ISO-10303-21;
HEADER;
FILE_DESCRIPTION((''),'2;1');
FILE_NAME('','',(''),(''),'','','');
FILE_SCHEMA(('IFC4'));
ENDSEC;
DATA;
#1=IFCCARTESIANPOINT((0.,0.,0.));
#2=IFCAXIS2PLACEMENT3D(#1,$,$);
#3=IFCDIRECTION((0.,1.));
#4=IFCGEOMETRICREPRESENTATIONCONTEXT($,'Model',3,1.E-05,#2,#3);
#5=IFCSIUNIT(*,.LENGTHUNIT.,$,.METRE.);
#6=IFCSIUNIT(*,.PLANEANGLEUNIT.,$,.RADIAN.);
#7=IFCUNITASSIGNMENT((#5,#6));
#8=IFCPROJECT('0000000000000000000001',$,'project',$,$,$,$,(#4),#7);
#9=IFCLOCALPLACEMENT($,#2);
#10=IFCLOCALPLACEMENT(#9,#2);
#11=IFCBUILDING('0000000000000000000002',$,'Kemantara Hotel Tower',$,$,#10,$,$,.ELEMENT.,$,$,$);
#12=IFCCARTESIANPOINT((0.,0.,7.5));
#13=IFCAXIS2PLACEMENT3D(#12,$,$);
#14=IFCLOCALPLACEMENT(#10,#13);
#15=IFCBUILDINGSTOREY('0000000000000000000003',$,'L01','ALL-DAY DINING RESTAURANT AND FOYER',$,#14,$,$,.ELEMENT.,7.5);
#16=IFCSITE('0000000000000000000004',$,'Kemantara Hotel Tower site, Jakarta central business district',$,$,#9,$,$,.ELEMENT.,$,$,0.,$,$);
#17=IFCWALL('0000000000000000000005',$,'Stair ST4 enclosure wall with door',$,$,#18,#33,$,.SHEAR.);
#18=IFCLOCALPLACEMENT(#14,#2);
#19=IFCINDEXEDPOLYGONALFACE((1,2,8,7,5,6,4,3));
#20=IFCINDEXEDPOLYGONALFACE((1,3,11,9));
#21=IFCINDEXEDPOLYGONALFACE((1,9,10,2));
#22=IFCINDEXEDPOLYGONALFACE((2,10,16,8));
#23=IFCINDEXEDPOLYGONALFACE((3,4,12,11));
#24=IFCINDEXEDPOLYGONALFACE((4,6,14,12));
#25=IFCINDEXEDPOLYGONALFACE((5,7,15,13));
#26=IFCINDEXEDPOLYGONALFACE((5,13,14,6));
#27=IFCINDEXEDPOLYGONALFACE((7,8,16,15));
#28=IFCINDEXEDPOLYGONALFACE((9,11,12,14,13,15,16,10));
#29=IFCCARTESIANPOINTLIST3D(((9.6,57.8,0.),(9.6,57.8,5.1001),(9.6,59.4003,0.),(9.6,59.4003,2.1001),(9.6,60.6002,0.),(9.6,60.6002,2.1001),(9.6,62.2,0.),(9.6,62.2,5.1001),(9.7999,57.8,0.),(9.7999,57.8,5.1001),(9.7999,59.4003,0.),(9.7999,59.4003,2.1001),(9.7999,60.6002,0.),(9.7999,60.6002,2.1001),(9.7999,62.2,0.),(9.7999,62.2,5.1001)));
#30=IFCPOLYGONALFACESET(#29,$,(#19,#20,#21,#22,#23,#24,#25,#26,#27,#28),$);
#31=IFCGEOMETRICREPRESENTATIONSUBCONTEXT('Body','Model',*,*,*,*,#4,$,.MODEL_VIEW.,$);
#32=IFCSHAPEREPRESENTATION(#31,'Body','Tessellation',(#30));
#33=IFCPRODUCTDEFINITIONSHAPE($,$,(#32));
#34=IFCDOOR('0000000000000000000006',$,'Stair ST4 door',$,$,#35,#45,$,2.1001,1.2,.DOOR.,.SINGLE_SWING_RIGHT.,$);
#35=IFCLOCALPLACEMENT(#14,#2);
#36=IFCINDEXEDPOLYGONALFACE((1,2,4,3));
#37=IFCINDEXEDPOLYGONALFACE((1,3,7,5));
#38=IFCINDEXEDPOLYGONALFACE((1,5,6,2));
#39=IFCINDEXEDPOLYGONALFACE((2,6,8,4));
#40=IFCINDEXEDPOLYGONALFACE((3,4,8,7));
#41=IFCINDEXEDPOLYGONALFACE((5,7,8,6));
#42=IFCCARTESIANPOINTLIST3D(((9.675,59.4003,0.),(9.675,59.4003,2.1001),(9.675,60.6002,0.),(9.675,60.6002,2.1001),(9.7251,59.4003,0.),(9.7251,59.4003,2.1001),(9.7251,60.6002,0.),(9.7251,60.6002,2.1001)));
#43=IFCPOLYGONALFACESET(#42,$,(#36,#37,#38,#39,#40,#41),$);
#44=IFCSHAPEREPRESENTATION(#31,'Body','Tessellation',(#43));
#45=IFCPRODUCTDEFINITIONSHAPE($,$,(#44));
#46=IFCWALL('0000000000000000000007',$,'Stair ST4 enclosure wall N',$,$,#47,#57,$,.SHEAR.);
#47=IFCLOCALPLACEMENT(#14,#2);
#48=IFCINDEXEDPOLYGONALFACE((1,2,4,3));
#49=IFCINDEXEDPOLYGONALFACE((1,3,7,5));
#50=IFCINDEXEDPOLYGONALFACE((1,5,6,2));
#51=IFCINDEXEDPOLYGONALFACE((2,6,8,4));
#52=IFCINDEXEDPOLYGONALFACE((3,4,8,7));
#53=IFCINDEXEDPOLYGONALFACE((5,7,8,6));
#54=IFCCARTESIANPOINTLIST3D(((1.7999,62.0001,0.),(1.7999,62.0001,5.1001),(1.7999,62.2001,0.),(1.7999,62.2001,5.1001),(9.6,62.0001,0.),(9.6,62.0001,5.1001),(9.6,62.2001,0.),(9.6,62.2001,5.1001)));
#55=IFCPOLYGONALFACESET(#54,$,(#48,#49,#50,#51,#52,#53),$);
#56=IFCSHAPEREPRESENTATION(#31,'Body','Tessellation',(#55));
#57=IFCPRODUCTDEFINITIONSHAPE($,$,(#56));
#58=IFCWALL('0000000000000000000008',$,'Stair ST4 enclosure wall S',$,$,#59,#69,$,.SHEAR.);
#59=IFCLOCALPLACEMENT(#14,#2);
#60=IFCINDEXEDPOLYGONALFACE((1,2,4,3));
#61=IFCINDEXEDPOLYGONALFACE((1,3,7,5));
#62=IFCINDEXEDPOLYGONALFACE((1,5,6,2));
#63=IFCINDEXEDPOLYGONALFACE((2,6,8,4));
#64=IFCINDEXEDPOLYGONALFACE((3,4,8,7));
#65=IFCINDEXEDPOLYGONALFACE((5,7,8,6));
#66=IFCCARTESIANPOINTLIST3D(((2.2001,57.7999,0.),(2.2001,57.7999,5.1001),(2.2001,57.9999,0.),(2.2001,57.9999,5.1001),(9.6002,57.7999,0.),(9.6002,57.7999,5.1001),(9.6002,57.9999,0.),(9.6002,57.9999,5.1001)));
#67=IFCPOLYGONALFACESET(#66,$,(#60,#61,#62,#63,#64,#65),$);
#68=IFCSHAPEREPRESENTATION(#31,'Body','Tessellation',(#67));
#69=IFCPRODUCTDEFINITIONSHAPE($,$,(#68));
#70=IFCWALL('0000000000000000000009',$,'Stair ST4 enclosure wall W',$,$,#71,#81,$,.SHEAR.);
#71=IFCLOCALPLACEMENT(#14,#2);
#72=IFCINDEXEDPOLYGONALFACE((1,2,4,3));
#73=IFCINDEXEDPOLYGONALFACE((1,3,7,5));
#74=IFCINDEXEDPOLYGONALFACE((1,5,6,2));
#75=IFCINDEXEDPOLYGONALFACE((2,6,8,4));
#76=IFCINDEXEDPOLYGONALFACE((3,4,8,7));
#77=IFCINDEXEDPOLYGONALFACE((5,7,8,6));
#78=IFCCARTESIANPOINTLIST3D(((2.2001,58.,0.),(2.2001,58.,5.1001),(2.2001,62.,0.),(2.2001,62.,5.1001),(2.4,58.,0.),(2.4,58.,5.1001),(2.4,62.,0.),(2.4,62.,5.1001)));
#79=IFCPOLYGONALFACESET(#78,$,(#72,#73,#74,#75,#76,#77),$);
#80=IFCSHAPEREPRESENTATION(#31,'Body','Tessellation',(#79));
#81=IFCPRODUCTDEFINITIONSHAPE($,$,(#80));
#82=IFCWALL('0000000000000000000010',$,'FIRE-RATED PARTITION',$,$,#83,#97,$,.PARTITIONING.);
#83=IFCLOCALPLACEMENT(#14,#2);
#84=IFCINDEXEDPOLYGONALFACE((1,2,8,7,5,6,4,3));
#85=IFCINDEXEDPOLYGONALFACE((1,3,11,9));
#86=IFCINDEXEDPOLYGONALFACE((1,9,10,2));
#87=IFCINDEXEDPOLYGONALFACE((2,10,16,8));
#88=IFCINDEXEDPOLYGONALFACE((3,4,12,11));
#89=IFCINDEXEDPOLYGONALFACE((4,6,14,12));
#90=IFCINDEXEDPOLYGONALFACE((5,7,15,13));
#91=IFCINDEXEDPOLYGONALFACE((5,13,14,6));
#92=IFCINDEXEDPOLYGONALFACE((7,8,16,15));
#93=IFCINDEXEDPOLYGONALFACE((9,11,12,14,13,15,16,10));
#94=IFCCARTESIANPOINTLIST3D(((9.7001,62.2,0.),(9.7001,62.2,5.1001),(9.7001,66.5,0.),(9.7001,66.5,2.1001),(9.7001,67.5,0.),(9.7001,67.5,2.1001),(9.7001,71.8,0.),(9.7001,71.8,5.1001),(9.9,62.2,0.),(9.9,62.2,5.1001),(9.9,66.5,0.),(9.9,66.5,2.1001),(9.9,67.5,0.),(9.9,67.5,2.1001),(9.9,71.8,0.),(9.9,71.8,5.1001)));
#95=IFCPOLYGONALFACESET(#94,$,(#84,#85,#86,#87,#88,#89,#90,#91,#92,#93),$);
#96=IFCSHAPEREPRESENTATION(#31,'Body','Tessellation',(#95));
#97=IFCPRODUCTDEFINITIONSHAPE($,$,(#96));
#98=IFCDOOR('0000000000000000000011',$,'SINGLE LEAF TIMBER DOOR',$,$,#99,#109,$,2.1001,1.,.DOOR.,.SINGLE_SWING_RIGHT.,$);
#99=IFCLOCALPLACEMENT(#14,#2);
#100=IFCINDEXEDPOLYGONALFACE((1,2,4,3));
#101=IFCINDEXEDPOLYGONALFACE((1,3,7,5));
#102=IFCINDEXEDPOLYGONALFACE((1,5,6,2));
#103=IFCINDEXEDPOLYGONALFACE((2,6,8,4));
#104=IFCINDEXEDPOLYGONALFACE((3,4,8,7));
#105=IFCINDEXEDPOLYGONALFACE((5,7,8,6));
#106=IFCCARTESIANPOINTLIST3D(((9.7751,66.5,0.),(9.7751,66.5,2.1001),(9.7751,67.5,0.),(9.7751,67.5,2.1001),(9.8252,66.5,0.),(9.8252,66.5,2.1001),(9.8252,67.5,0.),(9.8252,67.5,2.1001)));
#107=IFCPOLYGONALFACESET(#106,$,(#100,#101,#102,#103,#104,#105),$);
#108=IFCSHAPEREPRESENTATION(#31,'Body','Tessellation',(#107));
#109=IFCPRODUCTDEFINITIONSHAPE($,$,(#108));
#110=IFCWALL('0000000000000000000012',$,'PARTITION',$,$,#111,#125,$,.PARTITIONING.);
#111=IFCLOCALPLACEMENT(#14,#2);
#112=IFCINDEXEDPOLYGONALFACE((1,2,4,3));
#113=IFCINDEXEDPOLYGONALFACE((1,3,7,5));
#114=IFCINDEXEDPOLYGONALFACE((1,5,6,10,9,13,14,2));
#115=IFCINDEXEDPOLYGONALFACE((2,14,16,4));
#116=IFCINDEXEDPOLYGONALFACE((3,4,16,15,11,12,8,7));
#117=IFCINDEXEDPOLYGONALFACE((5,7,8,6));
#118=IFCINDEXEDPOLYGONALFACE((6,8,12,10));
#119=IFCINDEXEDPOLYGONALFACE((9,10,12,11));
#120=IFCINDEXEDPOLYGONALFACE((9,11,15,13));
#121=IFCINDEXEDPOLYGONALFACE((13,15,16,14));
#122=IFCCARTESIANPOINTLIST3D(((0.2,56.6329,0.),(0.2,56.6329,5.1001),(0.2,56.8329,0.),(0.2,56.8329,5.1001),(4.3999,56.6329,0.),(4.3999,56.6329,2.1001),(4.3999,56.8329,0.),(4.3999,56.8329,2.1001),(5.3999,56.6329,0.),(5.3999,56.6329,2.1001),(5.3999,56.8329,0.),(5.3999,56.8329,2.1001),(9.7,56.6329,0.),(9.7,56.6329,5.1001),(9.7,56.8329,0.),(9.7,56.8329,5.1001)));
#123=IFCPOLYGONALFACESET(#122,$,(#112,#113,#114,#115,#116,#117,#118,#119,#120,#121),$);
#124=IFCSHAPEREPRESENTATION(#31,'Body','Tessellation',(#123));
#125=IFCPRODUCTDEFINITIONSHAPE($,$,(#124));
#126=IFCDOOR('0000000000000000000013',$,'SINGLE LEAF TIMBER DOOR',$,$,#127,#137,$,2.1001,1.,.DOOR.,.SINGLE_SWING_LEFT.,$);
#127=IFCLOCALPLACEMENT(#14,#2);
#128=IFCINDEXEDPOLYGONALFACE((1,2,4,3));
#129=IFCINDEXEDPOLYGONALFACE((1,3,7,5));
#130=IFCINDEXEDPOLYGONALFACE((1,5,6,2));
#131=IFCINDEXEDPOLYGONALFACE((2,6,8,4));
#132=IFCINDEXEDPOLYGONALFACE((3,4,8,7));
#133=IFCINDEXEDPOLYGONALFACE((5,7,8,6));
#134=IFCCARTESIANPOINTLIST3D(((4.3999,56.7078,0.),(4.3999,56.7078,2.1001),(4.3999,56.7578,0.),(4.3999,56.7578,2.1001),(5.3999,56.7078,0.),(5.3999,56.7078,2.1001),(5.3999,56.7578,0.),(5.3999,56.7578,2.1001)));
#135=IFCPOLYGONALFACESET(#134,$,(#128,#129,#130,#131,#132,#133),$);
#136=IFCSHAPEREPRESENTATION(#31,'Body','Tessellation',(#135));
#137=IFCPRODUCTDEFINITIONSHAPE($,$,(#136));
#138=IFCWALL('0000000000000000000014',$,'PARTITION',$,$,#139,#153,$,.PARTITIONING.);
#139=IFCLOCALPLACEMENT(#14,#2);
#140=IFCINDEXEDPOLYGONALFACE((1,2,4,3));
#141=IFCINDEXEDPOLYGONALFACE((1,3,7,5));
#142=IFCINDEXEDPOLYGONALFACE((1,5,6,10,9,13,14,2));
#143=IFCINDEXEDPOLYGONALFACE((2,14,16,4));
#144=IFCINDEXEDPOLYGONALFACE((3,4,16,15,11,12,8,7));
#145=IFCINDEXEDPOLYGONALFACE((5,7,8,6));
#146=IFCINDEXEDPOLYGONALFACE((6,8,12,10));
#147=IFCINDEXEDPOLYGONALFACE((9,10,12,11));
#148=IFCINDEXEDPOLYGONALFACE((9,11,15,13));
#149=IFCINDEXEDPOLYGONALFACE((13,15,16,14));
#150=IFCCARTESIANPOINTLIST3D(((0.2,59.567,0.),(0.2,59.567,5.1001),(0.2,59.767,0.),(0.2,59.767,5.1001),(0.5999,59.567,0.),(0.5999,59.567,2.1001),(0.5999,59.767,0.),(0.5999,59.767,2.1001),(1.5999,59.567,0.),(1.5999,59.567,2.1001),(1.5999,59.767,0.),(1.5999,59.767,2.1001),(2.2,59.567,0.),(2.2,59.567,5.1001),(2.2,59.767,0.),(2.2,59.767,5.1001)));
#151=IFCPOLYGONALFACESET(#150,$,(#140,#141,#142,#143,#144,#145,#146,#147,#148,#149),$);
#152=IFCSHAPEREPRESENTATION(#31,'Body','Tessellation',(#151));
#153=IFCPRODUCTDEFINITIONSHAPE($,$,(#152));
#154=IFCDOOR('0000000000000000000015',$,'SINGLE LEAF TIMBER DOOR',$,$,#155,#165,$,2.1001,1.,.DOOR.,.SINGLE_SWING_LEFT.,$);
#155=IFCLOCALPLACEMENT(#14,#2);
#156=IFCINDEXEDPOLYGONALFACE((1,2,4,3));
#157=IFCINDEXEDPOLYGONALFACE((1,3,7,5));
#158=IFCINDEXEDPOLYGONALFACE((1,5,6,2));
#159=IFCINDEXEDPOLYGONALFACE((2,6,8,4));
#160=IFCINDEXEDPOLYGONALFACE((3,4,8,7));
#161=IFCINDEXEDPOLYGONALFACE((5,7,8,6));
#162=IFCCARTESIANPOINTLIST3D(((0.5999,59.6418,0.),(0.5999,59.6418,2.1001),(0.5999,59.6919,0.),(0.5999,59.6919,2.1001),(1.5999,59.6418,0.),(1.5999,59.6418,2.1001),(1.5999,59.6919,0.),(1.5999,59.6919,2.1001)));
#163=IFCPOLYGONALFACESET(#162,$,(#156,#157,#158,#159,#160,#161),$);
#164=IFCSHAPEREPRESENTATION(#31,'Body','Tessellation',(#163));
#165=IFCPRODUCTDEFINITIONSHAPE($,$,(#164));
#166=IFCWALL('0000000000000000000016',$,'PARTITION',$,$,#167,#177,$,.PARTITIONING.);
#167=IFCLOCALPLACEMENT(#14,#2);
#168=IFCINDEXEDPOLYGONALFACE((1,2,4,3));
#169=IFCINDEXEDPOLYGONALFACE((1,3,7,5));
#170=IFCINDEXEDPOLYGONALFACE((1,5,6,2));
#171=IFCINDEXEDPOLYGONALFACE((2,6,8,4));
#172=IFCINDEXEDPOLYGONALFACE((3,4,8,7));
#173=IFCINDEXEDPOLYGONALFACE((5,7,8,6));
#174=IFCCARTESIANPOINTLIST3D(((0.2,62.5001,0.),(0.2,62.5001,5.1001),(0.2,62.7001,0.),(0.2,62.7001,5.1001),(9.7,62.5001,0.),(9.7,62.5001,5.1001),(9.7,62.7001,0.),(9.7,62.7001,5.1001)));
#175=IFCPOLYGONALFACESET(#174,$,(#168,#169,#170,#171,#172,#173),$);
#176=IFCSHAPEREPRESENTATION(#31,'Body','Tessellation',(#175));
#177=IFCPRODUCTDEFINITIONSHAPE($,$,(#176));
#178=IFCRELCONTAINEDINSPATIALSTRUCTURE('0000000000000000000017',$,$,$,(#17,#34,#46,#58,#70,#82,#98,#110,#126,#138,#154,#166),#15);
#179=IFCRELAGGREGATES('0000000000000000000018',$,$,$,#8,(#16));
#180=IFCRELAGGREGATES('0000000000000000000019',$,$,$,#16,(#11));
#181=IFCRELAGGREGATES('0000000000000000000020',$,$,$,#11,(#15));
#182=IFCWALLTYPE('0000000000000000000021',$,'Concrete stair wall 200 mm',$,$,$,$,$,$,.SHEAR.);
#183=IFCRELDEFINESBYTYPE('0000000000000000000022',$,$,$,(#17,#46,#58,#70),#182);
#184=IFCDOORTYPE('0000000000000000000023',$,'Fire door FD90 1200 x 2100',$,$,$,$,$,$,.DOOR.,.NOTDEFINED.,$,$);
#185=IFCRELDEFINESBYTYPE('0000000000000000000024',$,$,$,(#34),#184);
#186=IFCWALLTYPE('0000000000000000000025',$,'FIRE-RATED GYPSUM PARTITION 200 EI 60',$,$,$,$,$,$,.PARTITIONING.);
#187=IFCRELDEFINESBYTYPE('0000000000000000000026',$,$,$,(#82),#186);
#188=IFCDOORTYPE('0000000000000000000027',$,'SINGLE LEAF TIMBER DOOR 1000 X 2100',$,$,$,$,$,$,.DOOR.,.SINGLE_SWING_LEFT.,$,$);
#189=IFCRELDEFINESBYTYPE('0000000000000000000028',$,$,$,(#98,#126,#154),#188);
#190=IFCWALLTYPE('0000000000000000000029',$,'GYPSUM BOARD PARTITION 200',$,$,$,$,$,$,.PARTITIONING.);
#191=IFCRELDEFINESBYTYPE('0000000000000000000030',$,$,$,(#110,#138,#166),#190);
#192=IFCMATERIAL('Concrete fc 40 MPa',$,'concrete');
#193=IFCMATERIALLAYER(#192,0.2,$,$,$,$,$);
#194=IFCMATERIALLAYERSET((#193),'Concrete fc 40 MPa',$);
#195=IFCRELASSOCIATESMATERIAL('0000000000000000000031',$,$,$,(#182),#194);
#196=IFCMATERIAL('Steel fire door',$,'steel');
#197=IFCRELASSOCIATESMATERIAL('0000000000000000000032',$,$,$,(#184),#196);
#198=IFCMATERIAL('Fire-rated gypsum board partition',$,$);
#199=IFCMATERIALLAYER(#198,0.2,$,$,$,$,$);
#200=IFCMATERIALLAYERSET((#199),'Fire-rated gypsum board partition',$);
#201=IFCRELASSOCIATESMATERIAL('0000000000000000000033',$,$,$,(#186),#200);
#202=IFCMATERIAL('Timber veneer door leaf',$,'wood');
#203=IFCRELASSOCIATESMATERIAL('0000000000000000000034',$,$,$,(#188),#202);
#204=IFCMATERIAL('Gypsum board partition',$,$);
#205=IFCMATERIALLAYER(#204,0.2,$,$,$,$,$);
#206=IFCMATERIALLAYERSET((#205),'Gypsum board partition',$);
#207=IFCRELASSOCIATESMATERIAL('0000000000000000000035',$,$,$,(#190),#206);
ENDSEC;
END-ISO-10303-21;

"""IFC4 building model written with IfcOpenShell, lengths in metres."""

from ifc_helpers import new_model, si_unit, direction, frame, frame_2d, origin, place, context, subcontext, project, spatial, rectangle, extrude, material, layer, layer_set, type_object, element, fill, save


model = new_model("IFC4")

# Units and contexts
model_context = context("Model", 3, precision=1e-05, world=origin(), true_north=direction((0.0, 1.0)))
body_context = subcontext(model_context, "Body", "Model", "MODEL_VIEW")
ifc_project = project(units=[si_unit("LENGTHUNIT", "METRE"), si_unit("PLANEANGLEUNIT", "RADIAN")], contexts=[model_context])

# Site, building, storey
site_placement = place(None, origin())
site = spatial("IfcSite", under=ifc_project, at=site_placement, Name="Kemantara Hotel Tower site, Jakarta central business district", CompositionType="ELEMENT", RefElevation=0.0)
building_placement = place(site_placement, origin())
building = spatial("IfcBuilding", under=site, at=building_placement, Name="Kemantara Hotel Tower", CompositionType="ELEMENT")
storey_placement = place(building_placement, frame((0.0, 0.0, 7.5)))
storey = spatial("IfcBuildingStorey", under=building, at=storey_placement, Name="L01", Description="ALL-DAY DINING RESTAURANT AND FOYER", CompositionType="ELEMENT", Elevation=7.5)

# Wall, opening, door
ifc_material_1 = material(Name="Concrete fc 40 MPa", Category="concrete")
ifc_layer_1 = layer(ifc_material_1, 0.2)
ifc_layer_set_1 = layer_set([ifc_layer_1], Name="Concrete fc 40 MPa")
wall_type_1 = type_object("IfcWallType", Name="Concrete stair wall 200 mm", PredefinedType="SHEAR", material=ifc_layer_set_1)
wall_1_placement = place(storey_placement, frame((9.7, 57.8, 0.0), z_axis=(0.0, 0.0, 1.0), x_axis=(0.0, 1.0, 0.0)))
wall_1 = element("IfcWall", 1, at=wall_1_placement, inside=storey, type_object=wall_type_1, Name="Stair ST4 enclosure wall with door", PredefinedType="SHEAR", context=body_context, shape_type="SweptSolid", body=[
    extrude(rectangle(XDim=4.3999, YDim=0.2, at=frame_2d((2.2, 0.0))), origin(), (0.0, 0.0, 1.0), 5.1001),
])
opening_1_placement = place(wall_1_placement, frame((1.6001, 0.0, 0.0)))
opening_1 = element("IfcOpeningElement", 2, at=opening_1_placement, cuts=wall_1, PredefinedType="OPENING", context=body_context, shape_type="SweptSolid", body=[
    extrude(rectangle(XDim=1.2, YDim=2.1001, at=frame_2d((0.6001, 1.05))), frame((0.0, 0.1099, 0.0), z_axis=(0.0, -1.0, 0.0), x_axis=(1.0, 0.0, 0.0)), (0.0, 0.0, 1.0), 0.22),
])
ifc_material_2 = material(Name="Steel fire door", Category="steel")
door_type_1 = type_object("IfcDoorType", Name="Fire door FD90 1200 x 2100", OperationType="NOTDEFINED", PredefinedType="DOOR", material=ifc_material_2)
door_1_placement = place(opening_1_placement, origin())
door_1 = element("IfcDoor", 3, at=door_1_placement, inside=storey, type_object=door_type_1, Name="Stair ST4 door", OperationType="SINGLE_SWING_RIGHT", OverallHeight=2.1001, OverallWidth=1.2, PredefinedType="DOOR", context=body_context, shape_type="SweptSolid", body=[
    extrude(rectangle(XDim=1.2, YDim=2.1001, at=frame_2d((0.6001, 1.05))), frame((0.0, 0.0249, 0.0), z_axis=(0.0, -1.0, 0.0), x_axis=(1.0, 0.0, 0.0)), (0.0, 0.0, 1.0), 0.05),
])
fill(opening_1, door_1)

# Walls
wall_2_placement = place(storey_placement, frame((1.8, 62.1001, 0.0), z_axis=(0.0, 0.0, 1.0), x_axis=(1.0, 0.0, 0.0)))
element("IfcWall", 4, at=wall_2_placement, inside=storey, type_object=wall_type_1, Name="Stair ST4 enclosure wall N", PredefinedType="SHEAR", context=body_context, shape_type="SweptSolid", body=[
    extrude(rectangle(XDim=7.8, YDim=0.2, at=frame_2d((3.8999, 0.0))), origin(), (0.0, 0.0, 1.0), 5.1001),
])
wall_3_placement = place(storey_placement, frame((2.2, 57.8999, 0.0), z_axis=(0.0, 0.0, 1.0), x_axis=(1.0, 0.0, 0.0)))
element("IfcWall", 5, at=wall_3_placement, inside=storey, type_object=wall_type_1, Name="Stair ST4 enclosure wall S", PredefinedType="SHEAR", context=body_context, shape_type="SweptSolid", body=[
    extrude(rectangle(XDim=7.4001, YDim=0.2, at=frame_2d((3.7002, 0.0))), origin(), (0.0, 0.0, 1.0), 5.1001),
])
wall_4_placement = place(storey_placement, frame((2.3, 58.0, 0.0), z_axis=(0.0, 0.0, 1.0), x_axis=(0.0, 1.0, 0.0)))
element("IfcWall", 6, at=wall_4_placement, inside=storey, type_object=wall_type_1, Name="Stair ST4 enclosure wall W", PredefinedType="SHEAR", context=body_context, shape_type="SweptSolid", body=[
    extrude(rectangle(XDim=4.0, YDim=0.2, at=frame_2d((2.0, 0.0))), origin(), (0.0, 0.0, 1.0), 5.1001),
])

# Walls, openings, doors
ifc_material_3 = material(Name="Fire-rated gypsum board partition")
ifc_layer_2 = layer(ifc_material_3, 0.2)
ifc_layer_set_2 = layer_set([ifc_layer_2], Name="Fire-rated gypsum board partition")
wall_type_2 = type_object("IfcWallType", Name="FIRE-RATED GYPSUM PARTITION 200 EI 60", PredefinedType="PARTITIONING", material=ifc_layer_set_2)
wall_5_placement = place(storey_placement, frame((9.8, 62.2, 0.0), z_axis=(0.0, 0.0, 1.0), x_axis=(0.0, 1.0, 0.0)))
wall_5 = element("IfcWall", 7, at=wall_5_placement, inside=storey, type_object=wall_type_2, Name="FIRE-RATED PARTITION", PredefinedType="PARTITIONING", context=body_context, shape_type="SweptSolid", body=[
    extrude(rectangle(XDim=9.6001, YDim=0.2, at=frame_2d((4.8, 0.0))), origin(), (0.0, 0.0, 1.0), 5.1001),
])
opening_2_placement = place(wall_5_placement, frame((4.3, 0.0, 0.0)))
opening_2 = element("IfcOpeningElement", 8, at=opening_2_placement, cuts=wall_5, PredefinedType="OPENING", context=body_context, shape_type="SweptSolid", body=[
    extrude(rectangle(XDim=1.0, YDim=2.1001, at=frame_2d((0.5, 1.05))), frame((0.0, 0.1099, 0.0), z_axis=(0.0, -1.0, 0.0), x_axis=(1.0, 0.0, 0.0)), (0.0, 0.0, 1.0), 0.22),
])
ifc_material_4 = material(Name="Timber veneer door leaf", Category="wood")
door_type_2 = type_object("IfcDoorType", Name="SINGLE LEAF TIMBER DOOR 1000 X 2100", OperationType="SINGLE_SWING_LEFT", PredefinedType="DOOR", material=ifc_material_4)
door_2_placement = place(opening_2_placement, origin())
door_2 = element("IfcDoor", 9, at=door_2_placement, inside=storey, type_object=door_type_2, Name="SINGLE LEAF TIMBER DOOR", OperationType="SINGLE_SWING_RIGHT", OverallHeight=2.1001, OverallWidth=1.0, PredefinedType="DOOR", context=body_context, shape_type="SweptSolid", body=[
    extrude(rectangle(XDim=1.0, YDim=2.1001, at=frame_2d((0.5, 1.05))), frame((0.0, 0.0249, 0.0), z_axis=(0.0, -1.0, 0.0), x_axis=(1.0, 0.0, 0.0)), (0.0, 0.0, 1.0), 0.05),
])
fill(opening_2, door_2)
ifc_material_5 = material(Name="Gypsum board partition")
ifc_layer_3 = layer(ifc_material_5, 0.2)
ifc_layer_set_3 = layer_set([ifc_layer_3], Name="Gypsum board partition")
wall_type_3 = type_object("IfcWallType", Name="GYPSUM BOARD PARTITION 200", PredefinedType="PARTITIONING", material=ifc_layer_set_3)
wall_6_placement = place(storey_placement, frame((0.2, 56.7329, 0.0), z_axis=(0.0, 0.0, 1.0), x_axis=(1.0, 0.0, 0.0)))
wall_6 = element("IfcWall", 10, at=wall_6_placement, inside=storey, type_object=wall_type_3, Name="PARTITION", PredefinedType="PARTITIONING", context=body_context, shape_type="SweptSolid", body=[
    extrude(rectangle(XDim=9.5, YDim=0.2, at=frame_2d((4.75, 0.0))), origin(), (0.0, 0.0, 1.0), 5.1001),
])
opening_3_placement = place(wall_6_placement, frame((4.2, 0.0, 0.0)))
opening_3 = element("IfcOpeningElement", 11, at=opening_3_placement, cuts=wall_6, PredefinedType="OPENING", context=body_context, shape_type="SweptSolid", body=[
    extrude(rectangle(XDim=1.0, YDim=2.1001, at=frame_2d((0.5, 1.05))), frame((0.0, 0.1099, 0.0), z_axis=(0.0, -1.0, 0.0), x_axis=(1.0, 0.0, 0.0)), (0.0, 0.0, 1.0), 0.22),
])
door_3_placement = place(opening_3_placement, origin())
door_3 = element("IfcDoor", 12, at=door_3_placement, inside=storey, type_object=door_type_2, Name="SINGLE LEAF TIMBER DOOR", OperationType="SINGLE_SWING_LEFT", OverallHeight=2.1001, OverallWidth=1.0, PredefinedType="DOOR", context=body_context, shape_type="SweptSolid", body=[
    extrude(rectangle(XDim=1.0, YDim=2.1001, at=frame_2d((0.5, 1.05))), frame((0.0, 0.0249, 0.0), z_axis=(0.0, -1.0, 0.0), x_axis=(1.0, 0.0, 0.0)), (0.0, 0.0, 1.0), 0.05),
])
fill(opening_3, door_3)
wall_7_placement = place(storey_placement, frame((0.2, 59.667, 0.0), z_axis=(0.0, 0.0, 1.0), x_axis=(1.0, 0.0, 0.0)))
wall_7 = element("IfcWall", 13, at=wall_7_placement, inside=storey, type_object=wall_type_3, Name="PARTITION", PredefinedType="PARTITIONING", context=body_context, shape_type="SweptSolid", body=[
    extrude(rectangle(XDim=2.0, YDim=0.2, at=frame_2d((1.0, 0.0))), origin(), (0.0, 0.0, 1.0), 5.1001),
])
opening_4_placement = place(wall_7_placement, frame((0.3999, 0.0, 0.0)))
opening_4 = element("IfcOpeningElement", 14, at=opening_4_placement, cuts=wall_7, PredefinedType="OPENING", context=body_context, shape_type="SweptSolid", body=[
    extrude(rectangle(XDim=1.0, YDim=2.1001, at=frame_2d((0.5, 1.05))), frame((0.0, 0.1099, 0.0), z_axis=(0.0, -1.0, 0.0), x_axis=(1.0, 0.0, 0.0)), (0.0, 0.0, 1.0), 0.22),
])
door_4_placement = place(opening_4_placement, origin())
door_4 = element("IfcDoor", 15, at=door_4_placement, inside=storey, type_object=door_type_2, Name="SINGLE LEAF TIMBER DOOR", OperationType="SINGLE_SWING_LEFT", OverallHeight=2.1001, OverallWidth=1.0, PredefinedType="DOOR", context=body_context, shape_type="SweptSolid", body=[
    extrude(rectangle(XDim=1.0, YDim=2.1001, at=frame_2d((0.5, 1.05))), frame((0.0, 0.0249, 0.0), z_axis=(0.0, -1.0, 0.0), x_axis=(1.0, 0.0, 0.0)), (0.0, 0.0, 1.0), 0.05),
])
fill(opening_4, door_4)

# Wall
wall_8_placement = place(storey_placement, frame((0.2, 62.6001, 0.0), z_axis=(0.0, 0.0, 1.0), x_axis=(1.0, 0.0, 0.0)))
element("IfcWall", 16, at=wall_8_placement, inside=storey, type_object=wall_type_3, Name="PARTITION", PredefinedType="PARTITIONING", context=body_context, shape_type="SweptSolid", body=[
    extrude(rectangle(XDim=9.5, YDim=0.2, at=frame_2d((4.75, 0.0))), origin(), (0.0, 0.0, 1.0), 5.1001),
])

save(model, "model.ifc")
